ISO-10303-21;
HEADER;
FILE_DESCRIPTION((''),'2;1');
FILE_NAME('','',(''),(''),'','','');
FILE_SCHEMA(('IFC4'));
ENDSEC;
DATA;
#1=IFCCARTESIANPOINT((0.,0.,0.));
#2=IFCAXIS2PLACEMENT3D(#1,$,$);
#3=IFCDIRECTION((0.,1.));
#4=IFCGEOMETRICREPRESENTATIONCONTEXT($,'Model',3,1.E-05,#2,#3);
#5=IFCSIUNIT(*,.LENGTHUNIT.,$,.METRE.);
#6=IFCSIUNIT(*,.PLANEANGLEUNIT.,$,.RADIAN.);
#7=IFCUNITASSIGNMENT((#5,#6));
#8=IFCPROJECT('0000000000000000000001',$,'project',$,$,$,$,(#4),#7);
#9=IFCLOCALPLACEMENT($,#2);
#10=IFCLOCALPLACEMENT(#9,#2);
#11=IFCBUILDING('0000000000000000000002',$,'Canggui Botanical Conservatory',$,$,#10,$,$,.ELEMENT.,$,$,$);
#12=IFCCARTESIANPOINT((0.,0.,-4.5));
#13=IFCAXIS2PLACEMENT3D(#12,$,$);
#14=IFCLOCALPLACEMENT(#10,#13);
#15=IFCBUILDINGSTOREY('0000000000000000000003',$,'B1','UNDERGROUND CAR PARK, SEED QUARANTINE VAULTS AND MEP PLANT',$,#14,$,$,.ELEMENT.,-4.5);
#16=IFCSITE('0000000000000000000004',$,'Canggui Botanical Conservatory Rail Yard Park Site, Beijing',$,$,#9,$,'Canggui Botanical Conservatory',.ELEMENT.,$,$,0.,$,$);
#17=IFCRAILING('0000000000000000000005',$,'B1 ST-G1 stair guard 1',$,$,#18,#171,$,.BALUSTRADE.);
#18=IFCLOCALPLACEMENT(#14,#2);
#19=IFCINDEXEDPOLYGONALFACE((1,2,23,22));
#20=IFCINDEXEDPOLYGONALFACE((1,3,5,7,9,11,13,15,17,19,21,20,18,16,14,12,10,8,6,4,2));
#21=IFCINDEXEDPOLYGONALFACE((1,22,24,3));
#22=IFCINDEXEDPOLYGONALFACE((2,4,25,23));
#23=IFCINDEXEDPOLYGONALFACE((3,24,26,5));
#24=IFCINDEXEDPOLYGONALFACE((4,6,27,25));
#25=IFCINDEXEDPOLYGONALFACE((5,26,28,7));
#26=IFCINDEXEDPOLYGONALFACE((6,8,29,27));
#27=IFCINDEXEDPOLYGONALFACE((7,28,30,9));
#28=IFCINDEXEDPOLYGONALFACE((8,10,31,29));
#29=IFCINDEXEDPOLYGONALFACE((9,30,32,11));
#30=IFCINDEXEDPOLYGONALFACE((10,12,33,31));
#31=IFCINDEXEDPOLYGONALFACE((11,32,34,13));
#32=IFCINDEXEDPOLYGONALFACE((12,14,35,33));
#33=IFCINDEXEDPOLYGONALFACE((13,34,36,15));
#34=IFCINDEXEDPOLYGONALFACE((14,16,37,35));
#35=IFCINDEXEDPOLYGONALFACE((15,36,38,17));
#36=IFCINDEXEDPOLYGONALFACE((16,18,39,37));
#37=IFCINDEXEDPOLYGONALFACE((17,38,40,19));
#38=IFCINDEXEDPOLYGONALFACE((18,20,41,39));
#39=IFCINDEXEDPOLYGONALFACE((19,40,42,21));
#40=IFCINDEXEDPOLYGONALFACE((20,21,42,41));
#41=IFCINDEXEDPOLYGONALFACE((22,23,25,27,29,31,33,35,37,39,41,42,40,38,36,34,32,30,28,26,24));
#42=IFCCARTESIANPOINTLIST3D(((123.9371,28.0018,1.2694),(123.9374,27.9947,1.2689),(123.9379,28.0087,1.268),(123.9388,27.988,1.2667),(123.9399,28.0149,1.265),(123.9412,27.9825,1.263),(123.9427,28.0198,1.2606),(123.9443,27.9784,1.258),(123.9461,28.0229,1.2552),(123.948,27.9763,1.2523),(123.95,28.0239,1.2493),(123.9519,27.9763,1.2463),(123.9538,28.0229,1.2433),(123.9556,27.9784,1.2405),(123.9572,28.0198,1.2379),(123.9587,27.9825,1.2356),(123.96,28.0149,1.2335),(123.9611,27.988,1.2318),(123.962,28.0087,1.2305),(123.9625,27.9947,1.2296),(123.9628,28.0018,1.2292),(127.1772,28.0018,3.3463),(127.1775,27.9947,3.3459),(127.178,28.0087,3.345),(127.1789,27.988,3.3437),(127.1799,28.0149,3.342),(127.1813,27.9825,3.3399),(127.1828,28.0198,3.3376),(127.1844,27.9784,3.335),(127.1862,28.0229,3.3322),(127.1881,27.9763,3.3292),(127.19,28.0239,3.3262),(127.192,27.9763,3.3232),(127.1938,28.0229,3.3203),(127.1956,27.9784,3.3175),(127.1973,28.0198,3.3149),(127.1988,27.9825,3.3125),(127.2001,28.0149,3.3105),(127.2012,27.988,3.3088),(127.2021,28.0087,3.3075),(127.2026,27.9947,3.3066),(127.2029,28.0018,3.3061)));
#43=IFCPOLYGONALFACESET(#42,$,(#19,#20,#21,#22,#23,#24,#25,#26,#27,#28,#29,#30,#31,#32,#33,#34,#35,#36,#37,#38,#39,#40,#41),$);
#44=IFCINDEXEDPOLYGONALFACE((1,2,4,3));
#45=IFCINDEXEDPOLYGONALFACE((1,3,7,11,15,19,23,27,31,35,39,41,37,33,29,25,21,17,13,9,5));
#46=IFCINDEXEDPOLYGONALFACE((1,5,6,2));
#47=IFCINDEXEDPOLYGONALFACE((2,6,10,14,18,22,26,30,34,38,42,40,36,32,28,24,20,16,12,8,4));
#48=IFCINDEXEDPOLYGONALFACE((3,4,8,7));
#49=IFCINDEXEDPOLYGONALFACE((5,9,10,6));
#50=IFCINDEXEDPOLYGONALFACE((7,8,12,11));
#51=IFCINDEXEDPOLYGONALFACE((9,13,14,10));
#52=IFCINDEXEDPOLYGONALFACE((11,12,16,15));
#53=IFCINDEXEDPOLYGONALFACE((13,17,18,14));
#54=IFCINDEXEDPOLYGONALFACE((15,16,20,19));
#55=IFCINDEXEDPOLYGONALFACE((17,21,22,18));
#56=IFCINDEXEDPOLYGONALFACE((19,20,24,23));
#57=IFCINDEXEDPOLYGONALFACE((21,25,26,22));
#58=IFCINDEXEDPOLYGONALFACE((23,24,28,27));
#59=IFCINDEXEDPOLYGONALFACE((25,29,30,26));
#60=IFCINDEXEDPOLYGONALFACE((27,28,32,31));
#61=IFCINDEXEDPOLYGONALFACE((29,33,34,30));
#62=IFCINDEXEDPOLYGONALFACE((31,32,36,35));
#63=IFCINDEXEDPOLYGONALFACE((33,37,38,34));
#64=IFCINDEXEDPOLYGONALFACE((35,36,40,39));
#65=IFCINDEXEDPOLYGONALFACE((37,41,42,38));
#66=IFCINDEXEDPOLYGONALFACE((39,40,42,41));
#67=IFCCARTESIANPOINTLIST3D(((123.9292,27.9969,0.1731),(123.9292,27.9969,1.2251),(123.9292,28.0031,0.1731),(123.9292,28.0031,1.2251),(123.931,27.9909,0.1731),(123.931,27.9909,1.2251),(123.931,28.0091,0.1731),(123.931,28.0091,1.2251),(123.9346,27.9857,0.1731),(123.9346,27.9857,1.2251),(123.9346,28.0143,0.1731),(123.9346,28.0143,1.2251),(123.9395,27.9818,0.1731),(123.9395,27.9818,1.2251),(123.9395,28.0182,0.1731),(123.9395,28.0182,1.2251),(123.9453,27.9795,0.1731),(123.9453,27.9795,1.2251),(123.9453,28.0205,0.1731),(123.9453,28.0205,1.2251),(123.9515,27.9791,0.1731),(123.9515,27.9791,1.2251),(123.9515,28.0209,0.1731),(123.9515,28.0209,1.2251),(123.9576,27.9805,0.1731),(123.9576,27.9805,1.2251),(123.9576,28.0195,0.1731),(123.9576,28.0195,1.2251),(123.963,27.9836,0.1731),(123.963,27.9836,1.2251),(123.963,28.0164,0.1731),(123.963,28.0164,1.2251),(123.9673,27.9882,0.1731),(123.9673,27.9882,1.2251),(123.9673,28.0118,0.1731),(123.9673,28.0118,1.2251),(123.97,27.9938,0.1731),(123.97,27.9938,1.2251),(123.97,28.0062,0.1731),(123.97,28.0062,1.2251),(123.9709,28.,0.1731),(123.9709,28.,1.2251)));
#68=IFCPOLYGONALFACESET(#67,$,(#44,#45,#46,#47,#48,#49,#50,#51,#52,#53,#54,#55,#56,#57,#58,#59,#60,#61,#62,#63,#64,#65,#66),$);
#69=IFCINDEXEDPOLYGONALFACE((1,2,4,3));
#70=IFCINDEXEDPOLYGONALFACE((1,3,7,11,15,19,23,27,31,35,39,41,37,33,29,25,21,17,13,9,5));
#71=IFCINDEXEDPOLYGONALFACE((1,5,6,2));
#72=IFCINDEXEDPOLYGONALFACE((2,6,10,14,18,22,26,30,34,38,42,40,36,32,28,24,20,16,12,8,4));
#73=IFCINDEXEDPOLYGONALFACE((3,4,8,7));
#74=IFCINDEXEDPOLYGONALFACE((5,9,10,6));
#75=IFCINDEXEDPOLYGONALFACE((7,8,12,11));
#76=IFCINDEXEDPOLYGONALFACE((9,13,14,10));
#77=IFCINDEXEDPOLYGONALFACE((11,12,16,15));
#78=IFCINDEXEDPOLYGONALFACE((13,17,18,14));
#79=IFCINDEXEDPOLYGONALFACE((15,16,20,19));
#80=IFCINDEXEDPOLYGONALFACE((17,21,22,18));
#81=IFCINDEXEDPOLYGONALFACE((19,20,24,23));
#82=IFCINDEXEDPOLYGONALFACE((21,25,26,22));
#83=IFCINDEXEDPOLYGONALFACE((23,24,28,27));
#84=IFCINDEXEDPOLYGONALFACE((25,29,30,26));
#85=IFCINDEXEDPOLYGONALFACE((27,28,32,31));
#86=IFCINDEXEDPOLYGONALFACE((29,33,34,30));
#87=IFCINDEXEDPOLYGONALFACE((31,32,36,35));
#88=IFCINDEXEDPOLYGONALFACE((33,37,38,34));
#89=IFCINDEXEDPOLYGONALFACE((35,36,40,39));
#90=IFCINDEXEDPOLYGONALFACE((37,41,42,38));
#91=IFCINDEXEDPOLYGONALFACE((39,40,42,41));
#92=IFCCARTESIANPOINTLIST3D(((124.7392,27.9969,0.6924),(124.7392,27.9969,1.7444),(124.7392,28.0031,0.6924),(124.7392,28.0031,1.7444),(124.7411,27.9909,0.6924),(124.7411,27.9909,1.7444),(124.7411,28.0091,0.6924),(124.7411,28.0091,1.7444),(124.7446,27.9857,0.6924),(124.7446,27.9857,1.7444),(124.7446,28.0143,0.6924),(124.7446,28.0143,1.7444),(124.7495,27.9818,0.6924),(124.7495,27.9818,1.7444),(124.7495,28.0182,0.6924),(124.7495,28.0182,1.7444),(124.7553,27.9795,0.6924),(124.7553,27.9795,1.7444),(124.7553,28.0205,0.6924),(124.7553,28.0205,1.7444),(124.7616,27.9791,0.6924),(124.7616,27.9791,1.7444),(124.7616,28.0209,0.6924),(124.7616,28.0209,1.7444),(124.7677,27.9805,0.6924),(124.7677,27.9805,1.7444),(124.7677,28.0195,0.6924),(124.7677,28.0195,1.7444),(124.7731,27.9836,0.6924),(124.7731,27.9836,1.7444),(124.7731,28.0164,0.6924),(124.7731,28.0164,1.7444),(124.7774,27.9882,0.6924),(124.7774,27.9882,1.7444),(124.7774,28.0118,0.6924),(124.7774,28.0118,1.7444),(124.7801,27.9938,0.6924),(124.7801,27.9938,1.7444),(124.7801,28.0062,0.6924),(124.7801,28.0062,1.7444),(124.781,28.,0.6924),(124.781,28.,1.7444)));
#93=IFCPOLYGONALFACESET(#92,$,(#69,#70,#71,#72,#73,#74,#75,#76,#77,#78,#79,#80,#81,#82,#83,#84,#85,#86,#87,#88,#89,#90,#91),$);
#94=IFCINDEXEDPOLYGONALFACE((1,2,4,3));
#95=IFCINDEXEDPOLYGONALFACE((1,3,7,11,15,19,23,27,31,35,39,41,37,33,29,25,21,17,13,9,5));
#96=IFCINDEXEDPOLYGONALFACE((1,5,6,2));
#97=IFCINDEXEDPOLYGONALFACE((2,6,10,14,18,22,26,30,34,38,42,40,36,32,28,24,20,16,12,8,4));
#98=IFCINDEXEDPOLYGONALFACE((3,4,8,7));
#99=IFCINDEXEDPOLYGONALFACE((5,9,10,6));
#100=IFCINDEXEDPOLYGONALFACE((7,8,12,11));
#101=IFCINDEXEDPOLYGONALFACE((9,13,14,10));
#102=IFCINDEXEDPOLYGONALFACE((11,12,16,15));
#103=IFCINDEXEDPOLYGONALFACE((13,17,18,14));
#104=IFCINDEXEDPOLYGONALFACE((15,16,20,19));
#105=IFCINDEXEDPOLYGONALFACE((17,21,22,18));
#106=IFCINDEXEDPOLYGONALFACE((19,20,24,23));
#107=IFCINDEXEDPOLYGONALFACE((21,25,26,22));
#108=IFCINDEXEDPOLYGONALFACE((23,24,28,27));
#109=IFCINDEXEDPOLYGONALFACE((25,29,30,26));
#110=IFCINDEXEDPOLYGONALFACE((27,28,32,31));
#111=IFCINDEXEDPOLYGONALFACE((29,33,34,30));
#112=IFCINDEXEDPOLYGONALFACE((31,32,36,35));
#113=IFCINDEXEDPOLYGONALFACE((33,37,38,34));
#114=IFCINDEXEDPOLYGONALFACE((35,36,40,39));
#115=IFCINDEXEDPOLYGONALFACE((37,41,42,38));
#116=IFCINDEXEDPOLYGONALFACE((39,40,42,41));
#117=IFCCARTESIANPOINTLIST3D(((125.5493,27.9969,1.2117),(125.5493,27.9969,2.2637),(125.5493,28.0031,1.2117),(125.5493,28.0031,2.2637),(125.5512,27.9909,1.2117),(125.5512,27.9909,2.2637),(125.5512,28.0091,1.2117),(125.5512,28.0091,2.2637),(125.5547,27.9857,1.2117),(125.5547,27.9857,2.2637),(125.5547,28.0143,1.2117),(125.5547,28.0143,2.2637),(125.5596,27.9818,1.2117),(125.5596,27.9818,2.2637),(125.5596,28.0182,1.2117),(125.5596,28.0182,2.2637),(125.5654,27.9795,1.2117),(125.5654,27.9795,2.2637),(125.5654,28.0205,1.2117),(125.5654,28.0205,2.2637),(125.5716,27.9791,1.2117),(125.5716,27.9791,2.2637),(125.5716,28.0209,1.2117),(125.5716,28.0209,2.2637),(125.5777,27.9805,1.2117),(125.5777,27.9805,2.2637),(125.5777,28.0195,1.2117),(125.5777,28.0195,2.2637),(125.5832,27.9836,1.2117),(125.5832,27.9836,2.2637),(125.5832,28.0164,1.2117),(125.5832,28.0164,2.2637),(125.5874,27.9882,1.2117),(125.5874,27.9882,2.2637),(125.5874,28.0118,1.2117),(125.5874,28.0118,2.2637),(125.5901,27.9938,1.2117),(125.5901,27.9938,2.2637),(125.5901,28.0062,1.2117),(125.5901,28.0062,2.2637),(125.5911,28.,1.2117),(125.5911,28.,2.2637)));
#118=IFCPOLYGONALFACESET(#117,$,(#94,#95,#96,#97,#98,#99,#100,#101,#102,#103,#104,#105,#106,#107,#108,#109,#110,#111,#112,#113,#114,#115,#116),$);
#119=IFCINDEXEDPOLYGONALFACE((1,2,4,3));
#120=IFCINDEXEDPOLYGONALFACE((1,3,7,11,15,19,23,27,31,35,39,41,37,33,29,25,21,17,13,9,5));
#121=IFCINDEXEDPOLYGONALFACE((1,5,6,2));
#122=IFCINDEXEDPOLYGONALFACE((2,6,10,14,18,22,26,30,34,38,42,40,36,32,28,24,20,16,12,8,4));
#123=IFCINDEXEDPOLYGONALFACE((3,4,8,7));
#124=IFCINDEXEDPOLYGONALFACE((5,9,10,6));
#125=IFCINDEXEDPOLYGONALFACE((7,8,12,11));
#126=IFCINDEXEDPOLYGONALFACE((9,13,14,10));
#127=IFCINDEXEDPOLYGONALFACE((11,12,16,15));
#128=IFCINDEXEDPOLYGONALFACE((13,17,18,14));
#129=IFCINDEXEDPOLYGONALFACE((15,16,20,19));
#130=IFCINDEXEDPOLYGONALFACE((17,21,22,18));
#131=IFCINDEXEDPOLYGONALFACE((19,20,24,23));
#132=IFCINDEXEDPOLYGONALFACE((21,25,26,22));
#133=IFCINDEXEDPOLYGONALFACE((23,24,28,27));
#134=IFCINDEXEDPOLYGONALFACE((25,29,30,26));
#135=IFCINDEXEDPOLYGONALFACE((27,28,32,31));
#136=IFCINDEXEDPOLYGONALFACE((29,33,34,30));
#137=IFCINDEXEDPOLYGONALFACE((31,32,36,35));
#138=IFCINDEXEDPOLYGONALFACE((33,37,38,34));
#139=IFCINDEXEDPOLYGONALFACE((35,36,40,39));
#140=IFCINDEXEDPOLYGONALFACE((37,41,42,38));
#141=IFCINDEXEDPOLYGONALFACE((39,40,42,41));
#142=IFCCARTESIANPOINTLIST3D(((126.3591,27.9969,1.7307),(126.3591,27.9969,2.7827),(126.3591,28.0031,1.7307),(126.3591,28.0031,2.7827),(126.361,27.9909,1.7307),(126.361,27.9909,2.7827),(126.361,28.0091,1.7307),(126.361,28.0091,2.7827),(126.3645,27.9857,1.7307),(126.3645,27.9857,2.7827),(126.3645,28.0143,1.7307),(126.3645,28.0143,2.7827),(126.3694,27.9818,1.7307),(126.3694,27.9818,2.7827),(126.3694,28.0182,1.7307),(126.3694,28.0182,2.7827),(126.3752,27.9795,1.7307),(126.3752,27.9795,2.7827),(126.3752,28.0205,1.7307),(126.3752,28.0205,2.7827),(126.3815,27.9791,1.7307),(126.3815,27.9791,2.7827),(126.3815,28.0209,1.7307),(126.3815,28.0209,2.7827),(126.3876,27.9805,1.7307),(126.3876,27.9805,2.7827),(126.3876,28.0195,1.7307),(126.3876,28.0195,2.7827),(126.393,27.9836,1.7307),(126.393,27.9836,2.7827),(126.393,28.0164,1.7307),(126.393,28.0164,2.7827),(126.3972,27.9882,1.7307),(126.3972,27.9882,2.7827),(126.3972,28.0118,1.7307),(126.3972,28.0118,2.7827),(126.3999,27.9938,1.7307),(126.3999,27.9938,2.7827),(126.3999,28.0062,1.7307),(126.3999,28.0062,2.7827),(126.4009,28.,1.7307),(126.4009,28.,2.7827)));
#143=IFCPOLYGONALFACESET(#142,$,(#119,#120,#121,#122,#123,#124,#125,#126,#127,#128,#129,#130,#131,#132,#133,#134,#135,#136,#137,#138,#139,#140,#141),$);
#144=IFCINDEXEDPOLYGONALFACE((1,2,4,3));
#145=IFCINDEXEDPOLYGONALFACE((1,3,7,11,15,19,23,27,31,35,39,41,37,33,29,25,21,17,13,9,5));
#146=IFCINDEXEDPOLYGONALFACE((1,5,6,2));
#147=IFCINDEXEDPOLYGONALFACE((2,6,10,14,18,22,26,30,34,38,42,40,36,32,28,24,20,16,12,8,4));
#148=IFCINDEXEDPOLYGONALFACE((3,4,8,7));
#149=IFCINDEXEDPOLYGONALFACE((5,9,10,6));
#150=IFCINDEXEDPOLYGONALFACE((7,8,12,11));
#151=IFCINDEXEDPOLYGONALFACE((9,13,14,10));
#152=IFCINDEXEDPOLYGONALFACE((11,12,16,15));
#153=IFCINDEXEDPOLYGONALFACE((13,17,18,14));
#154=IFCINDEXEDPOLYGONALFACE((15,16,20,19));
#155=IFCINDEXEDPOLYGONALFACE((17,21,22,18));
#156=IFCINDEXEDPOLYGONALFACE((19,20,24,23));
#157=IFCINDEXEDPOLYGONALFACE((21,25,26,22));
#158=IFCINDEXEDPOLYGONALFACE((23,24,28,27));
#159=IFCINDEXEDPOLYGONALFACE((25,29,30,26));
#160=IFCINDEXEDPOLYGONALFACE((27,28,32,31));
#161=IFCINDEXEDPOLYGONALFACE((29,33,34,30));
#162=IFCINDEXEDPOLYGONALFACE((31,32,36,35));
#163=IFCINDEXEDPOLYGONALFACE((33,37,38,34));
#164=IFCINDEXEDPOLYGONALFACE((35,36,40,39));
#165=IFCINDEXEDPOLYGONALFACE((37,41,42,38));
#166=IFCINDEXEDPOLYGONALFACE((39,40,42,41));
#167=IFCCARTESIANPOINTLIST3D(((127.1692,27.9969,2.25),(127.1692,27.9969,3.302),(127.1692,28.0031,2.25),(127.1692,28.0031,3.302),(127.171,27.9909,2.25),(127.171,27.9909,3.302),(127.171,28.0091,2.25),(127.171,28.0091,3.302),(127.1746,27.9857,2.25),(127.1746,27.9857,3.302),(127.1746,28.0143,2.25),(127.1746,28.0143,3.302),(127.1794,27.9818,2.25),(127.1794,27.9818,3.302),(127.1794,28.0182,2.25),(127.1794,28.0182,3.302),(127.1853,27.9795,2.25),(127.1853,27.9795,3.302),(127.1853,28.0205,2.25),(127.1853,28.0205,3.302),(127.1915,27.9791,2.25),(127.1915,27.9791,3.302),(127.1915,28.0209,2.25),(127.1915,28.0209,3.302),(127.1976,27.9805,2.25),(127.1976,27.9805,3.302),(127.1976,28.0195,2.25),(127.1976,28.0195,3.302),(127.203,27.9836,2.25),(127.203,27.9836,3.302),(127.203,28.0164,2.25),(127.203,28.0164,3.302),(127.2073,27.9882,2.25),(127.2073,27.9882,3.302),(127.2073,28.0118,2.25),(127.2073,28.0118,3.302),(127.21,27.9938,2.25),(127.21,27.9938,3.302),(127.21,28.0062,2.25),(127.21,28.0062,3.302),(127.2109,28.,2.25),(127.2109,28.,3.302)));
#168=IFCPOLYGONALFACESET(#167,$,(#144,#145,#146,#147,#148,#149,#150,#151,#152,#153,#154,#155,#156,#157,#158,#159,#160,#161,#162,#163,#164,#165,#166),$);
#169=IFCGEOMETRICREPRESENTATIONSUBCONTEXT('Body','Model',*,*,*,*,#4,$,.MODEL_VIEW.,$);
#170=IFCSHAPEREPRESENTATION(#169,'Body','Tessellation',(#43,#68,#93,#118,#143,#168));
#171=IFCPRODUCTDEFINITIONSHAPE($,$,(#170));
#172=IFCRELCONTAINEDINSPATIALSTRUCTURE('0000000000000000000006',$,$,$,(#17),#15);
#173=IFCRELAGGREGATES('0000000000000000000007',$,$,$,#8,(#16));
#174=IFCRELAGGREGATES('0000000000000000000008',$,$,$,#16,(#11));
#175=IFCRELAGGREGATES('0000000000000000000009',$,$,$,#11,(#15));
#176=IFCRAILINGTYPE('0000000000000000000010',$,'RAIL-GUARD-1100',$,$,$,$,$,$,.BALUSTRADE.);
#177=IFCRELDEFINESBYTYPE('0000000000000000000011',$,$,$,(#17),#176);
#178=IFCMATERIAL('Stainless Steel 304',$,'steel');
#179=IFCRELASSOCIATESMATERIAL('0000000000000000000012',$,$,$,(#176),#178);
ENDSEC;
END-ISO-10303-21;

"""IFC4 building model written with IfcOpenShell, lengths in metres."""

from ifc_helpers import new_model, si_unit, direction, frame, origin, origin_2d, place, context, subcontext, project, spatial, circle, extrude, material, type_object, element, save


model = new_model("IFC4")

# Units and contexts
model_context = context("Model", 3, precision=1e-05, world=origin(), true_north=direction((0.0, 1.0)))
body_context = subcontext(model_context, "Body", "Model", "MODEL_VIEW")
ifc_project = project(units=[si_unit("LENGTHUNIT", "METRE"), si_unit("PLANEANGLEUNIT", "RADIAN")], contexts=[model_context])

# Site, building, storey
site_placement = place(None, origin())
site = spatial("IfcSite", under=ifc_project, at=site_placement, Name="Canggui Botanical Conservatory Rail Yard Park Site, Beijing", LongName="Canggui Botanical Conservatory", CompositionType="ELEMENT", RefElevation=0.0)
building_placement = place(site_placement, origin())
building = spatial("IfcBuilding", under=site, at=building_placement, Name="Canggui Botanical Conservatory", CompositionType="ELEMENT")
storey_placement = place(building_placement, frame((0.0, 0.0, -4.5)))
storey = spatial("IfcBuildingStorey", under=building, at=storey_placement, Name="B1", Description="UNDERGROUND CAR PARK, SEED QUARANTINE VAULTS AND MEP PLANT", CompositionType="ELEMENT", Elevation=-4.5)

# Railing
ifc_material_1 = material(Name="Stainless Steel 304", Category="steel")
railing_type_1 = type_object("IfcRailingType", Name="RAIL-GUARD-1100", PredefinedType="BALUSTRADE", material=ifc_material_1)
railing_1_placement = place(storey_placement, frame((123.95, 28.0, 0.1731)))
element("IfcRailing", 1, at=railing_1_placement, inside=storey, type_object=railing_type_1, Name="B1 ST-G1 stair guard 1", PredefinedType="BALUSTRADE", context=body_context, shape_type="SweptSolid", body=[
    extrude(circle(Radius=0.0239, at=origin_2d()), frame((0.0, 0.0, 1.0762), z_axis=(0.841881, 0.0, 0.539664), x_axis=(0.0, 1.0, 0.0)), (0.0, 0.0, 1.0), 3.8486),
    extrude(circle(Radius=0.021, at=origin_2d()), origin(), (0.0, 0.0, 1.0), 1.052),
    extrude(circle(Radius=0.021, at=origin_2d()), frame((0.8101, 0.0, 0.5193)), (0.0, 0.0, 1.0), 1.052),
    extrude(circle(Radius=0.021, at=origin_2d()), frame((1.6201, 0.0, 1.0386)), (0.0, 0.0, 1.0), 1.052),
    extrude(circle(Radius=0.021, at=origin_2d()), frame((2.4299, 0.0, 1.5576)), (0.0, 0.0, 1.0), 1.052),
    extrude(circle(Radius=0.021, at=origin_2d()), frame((3.24, 0.0, 2.0769)), (0.0, 0.0, 1.0), 1.052),
])

save(model, "model.ifc")
